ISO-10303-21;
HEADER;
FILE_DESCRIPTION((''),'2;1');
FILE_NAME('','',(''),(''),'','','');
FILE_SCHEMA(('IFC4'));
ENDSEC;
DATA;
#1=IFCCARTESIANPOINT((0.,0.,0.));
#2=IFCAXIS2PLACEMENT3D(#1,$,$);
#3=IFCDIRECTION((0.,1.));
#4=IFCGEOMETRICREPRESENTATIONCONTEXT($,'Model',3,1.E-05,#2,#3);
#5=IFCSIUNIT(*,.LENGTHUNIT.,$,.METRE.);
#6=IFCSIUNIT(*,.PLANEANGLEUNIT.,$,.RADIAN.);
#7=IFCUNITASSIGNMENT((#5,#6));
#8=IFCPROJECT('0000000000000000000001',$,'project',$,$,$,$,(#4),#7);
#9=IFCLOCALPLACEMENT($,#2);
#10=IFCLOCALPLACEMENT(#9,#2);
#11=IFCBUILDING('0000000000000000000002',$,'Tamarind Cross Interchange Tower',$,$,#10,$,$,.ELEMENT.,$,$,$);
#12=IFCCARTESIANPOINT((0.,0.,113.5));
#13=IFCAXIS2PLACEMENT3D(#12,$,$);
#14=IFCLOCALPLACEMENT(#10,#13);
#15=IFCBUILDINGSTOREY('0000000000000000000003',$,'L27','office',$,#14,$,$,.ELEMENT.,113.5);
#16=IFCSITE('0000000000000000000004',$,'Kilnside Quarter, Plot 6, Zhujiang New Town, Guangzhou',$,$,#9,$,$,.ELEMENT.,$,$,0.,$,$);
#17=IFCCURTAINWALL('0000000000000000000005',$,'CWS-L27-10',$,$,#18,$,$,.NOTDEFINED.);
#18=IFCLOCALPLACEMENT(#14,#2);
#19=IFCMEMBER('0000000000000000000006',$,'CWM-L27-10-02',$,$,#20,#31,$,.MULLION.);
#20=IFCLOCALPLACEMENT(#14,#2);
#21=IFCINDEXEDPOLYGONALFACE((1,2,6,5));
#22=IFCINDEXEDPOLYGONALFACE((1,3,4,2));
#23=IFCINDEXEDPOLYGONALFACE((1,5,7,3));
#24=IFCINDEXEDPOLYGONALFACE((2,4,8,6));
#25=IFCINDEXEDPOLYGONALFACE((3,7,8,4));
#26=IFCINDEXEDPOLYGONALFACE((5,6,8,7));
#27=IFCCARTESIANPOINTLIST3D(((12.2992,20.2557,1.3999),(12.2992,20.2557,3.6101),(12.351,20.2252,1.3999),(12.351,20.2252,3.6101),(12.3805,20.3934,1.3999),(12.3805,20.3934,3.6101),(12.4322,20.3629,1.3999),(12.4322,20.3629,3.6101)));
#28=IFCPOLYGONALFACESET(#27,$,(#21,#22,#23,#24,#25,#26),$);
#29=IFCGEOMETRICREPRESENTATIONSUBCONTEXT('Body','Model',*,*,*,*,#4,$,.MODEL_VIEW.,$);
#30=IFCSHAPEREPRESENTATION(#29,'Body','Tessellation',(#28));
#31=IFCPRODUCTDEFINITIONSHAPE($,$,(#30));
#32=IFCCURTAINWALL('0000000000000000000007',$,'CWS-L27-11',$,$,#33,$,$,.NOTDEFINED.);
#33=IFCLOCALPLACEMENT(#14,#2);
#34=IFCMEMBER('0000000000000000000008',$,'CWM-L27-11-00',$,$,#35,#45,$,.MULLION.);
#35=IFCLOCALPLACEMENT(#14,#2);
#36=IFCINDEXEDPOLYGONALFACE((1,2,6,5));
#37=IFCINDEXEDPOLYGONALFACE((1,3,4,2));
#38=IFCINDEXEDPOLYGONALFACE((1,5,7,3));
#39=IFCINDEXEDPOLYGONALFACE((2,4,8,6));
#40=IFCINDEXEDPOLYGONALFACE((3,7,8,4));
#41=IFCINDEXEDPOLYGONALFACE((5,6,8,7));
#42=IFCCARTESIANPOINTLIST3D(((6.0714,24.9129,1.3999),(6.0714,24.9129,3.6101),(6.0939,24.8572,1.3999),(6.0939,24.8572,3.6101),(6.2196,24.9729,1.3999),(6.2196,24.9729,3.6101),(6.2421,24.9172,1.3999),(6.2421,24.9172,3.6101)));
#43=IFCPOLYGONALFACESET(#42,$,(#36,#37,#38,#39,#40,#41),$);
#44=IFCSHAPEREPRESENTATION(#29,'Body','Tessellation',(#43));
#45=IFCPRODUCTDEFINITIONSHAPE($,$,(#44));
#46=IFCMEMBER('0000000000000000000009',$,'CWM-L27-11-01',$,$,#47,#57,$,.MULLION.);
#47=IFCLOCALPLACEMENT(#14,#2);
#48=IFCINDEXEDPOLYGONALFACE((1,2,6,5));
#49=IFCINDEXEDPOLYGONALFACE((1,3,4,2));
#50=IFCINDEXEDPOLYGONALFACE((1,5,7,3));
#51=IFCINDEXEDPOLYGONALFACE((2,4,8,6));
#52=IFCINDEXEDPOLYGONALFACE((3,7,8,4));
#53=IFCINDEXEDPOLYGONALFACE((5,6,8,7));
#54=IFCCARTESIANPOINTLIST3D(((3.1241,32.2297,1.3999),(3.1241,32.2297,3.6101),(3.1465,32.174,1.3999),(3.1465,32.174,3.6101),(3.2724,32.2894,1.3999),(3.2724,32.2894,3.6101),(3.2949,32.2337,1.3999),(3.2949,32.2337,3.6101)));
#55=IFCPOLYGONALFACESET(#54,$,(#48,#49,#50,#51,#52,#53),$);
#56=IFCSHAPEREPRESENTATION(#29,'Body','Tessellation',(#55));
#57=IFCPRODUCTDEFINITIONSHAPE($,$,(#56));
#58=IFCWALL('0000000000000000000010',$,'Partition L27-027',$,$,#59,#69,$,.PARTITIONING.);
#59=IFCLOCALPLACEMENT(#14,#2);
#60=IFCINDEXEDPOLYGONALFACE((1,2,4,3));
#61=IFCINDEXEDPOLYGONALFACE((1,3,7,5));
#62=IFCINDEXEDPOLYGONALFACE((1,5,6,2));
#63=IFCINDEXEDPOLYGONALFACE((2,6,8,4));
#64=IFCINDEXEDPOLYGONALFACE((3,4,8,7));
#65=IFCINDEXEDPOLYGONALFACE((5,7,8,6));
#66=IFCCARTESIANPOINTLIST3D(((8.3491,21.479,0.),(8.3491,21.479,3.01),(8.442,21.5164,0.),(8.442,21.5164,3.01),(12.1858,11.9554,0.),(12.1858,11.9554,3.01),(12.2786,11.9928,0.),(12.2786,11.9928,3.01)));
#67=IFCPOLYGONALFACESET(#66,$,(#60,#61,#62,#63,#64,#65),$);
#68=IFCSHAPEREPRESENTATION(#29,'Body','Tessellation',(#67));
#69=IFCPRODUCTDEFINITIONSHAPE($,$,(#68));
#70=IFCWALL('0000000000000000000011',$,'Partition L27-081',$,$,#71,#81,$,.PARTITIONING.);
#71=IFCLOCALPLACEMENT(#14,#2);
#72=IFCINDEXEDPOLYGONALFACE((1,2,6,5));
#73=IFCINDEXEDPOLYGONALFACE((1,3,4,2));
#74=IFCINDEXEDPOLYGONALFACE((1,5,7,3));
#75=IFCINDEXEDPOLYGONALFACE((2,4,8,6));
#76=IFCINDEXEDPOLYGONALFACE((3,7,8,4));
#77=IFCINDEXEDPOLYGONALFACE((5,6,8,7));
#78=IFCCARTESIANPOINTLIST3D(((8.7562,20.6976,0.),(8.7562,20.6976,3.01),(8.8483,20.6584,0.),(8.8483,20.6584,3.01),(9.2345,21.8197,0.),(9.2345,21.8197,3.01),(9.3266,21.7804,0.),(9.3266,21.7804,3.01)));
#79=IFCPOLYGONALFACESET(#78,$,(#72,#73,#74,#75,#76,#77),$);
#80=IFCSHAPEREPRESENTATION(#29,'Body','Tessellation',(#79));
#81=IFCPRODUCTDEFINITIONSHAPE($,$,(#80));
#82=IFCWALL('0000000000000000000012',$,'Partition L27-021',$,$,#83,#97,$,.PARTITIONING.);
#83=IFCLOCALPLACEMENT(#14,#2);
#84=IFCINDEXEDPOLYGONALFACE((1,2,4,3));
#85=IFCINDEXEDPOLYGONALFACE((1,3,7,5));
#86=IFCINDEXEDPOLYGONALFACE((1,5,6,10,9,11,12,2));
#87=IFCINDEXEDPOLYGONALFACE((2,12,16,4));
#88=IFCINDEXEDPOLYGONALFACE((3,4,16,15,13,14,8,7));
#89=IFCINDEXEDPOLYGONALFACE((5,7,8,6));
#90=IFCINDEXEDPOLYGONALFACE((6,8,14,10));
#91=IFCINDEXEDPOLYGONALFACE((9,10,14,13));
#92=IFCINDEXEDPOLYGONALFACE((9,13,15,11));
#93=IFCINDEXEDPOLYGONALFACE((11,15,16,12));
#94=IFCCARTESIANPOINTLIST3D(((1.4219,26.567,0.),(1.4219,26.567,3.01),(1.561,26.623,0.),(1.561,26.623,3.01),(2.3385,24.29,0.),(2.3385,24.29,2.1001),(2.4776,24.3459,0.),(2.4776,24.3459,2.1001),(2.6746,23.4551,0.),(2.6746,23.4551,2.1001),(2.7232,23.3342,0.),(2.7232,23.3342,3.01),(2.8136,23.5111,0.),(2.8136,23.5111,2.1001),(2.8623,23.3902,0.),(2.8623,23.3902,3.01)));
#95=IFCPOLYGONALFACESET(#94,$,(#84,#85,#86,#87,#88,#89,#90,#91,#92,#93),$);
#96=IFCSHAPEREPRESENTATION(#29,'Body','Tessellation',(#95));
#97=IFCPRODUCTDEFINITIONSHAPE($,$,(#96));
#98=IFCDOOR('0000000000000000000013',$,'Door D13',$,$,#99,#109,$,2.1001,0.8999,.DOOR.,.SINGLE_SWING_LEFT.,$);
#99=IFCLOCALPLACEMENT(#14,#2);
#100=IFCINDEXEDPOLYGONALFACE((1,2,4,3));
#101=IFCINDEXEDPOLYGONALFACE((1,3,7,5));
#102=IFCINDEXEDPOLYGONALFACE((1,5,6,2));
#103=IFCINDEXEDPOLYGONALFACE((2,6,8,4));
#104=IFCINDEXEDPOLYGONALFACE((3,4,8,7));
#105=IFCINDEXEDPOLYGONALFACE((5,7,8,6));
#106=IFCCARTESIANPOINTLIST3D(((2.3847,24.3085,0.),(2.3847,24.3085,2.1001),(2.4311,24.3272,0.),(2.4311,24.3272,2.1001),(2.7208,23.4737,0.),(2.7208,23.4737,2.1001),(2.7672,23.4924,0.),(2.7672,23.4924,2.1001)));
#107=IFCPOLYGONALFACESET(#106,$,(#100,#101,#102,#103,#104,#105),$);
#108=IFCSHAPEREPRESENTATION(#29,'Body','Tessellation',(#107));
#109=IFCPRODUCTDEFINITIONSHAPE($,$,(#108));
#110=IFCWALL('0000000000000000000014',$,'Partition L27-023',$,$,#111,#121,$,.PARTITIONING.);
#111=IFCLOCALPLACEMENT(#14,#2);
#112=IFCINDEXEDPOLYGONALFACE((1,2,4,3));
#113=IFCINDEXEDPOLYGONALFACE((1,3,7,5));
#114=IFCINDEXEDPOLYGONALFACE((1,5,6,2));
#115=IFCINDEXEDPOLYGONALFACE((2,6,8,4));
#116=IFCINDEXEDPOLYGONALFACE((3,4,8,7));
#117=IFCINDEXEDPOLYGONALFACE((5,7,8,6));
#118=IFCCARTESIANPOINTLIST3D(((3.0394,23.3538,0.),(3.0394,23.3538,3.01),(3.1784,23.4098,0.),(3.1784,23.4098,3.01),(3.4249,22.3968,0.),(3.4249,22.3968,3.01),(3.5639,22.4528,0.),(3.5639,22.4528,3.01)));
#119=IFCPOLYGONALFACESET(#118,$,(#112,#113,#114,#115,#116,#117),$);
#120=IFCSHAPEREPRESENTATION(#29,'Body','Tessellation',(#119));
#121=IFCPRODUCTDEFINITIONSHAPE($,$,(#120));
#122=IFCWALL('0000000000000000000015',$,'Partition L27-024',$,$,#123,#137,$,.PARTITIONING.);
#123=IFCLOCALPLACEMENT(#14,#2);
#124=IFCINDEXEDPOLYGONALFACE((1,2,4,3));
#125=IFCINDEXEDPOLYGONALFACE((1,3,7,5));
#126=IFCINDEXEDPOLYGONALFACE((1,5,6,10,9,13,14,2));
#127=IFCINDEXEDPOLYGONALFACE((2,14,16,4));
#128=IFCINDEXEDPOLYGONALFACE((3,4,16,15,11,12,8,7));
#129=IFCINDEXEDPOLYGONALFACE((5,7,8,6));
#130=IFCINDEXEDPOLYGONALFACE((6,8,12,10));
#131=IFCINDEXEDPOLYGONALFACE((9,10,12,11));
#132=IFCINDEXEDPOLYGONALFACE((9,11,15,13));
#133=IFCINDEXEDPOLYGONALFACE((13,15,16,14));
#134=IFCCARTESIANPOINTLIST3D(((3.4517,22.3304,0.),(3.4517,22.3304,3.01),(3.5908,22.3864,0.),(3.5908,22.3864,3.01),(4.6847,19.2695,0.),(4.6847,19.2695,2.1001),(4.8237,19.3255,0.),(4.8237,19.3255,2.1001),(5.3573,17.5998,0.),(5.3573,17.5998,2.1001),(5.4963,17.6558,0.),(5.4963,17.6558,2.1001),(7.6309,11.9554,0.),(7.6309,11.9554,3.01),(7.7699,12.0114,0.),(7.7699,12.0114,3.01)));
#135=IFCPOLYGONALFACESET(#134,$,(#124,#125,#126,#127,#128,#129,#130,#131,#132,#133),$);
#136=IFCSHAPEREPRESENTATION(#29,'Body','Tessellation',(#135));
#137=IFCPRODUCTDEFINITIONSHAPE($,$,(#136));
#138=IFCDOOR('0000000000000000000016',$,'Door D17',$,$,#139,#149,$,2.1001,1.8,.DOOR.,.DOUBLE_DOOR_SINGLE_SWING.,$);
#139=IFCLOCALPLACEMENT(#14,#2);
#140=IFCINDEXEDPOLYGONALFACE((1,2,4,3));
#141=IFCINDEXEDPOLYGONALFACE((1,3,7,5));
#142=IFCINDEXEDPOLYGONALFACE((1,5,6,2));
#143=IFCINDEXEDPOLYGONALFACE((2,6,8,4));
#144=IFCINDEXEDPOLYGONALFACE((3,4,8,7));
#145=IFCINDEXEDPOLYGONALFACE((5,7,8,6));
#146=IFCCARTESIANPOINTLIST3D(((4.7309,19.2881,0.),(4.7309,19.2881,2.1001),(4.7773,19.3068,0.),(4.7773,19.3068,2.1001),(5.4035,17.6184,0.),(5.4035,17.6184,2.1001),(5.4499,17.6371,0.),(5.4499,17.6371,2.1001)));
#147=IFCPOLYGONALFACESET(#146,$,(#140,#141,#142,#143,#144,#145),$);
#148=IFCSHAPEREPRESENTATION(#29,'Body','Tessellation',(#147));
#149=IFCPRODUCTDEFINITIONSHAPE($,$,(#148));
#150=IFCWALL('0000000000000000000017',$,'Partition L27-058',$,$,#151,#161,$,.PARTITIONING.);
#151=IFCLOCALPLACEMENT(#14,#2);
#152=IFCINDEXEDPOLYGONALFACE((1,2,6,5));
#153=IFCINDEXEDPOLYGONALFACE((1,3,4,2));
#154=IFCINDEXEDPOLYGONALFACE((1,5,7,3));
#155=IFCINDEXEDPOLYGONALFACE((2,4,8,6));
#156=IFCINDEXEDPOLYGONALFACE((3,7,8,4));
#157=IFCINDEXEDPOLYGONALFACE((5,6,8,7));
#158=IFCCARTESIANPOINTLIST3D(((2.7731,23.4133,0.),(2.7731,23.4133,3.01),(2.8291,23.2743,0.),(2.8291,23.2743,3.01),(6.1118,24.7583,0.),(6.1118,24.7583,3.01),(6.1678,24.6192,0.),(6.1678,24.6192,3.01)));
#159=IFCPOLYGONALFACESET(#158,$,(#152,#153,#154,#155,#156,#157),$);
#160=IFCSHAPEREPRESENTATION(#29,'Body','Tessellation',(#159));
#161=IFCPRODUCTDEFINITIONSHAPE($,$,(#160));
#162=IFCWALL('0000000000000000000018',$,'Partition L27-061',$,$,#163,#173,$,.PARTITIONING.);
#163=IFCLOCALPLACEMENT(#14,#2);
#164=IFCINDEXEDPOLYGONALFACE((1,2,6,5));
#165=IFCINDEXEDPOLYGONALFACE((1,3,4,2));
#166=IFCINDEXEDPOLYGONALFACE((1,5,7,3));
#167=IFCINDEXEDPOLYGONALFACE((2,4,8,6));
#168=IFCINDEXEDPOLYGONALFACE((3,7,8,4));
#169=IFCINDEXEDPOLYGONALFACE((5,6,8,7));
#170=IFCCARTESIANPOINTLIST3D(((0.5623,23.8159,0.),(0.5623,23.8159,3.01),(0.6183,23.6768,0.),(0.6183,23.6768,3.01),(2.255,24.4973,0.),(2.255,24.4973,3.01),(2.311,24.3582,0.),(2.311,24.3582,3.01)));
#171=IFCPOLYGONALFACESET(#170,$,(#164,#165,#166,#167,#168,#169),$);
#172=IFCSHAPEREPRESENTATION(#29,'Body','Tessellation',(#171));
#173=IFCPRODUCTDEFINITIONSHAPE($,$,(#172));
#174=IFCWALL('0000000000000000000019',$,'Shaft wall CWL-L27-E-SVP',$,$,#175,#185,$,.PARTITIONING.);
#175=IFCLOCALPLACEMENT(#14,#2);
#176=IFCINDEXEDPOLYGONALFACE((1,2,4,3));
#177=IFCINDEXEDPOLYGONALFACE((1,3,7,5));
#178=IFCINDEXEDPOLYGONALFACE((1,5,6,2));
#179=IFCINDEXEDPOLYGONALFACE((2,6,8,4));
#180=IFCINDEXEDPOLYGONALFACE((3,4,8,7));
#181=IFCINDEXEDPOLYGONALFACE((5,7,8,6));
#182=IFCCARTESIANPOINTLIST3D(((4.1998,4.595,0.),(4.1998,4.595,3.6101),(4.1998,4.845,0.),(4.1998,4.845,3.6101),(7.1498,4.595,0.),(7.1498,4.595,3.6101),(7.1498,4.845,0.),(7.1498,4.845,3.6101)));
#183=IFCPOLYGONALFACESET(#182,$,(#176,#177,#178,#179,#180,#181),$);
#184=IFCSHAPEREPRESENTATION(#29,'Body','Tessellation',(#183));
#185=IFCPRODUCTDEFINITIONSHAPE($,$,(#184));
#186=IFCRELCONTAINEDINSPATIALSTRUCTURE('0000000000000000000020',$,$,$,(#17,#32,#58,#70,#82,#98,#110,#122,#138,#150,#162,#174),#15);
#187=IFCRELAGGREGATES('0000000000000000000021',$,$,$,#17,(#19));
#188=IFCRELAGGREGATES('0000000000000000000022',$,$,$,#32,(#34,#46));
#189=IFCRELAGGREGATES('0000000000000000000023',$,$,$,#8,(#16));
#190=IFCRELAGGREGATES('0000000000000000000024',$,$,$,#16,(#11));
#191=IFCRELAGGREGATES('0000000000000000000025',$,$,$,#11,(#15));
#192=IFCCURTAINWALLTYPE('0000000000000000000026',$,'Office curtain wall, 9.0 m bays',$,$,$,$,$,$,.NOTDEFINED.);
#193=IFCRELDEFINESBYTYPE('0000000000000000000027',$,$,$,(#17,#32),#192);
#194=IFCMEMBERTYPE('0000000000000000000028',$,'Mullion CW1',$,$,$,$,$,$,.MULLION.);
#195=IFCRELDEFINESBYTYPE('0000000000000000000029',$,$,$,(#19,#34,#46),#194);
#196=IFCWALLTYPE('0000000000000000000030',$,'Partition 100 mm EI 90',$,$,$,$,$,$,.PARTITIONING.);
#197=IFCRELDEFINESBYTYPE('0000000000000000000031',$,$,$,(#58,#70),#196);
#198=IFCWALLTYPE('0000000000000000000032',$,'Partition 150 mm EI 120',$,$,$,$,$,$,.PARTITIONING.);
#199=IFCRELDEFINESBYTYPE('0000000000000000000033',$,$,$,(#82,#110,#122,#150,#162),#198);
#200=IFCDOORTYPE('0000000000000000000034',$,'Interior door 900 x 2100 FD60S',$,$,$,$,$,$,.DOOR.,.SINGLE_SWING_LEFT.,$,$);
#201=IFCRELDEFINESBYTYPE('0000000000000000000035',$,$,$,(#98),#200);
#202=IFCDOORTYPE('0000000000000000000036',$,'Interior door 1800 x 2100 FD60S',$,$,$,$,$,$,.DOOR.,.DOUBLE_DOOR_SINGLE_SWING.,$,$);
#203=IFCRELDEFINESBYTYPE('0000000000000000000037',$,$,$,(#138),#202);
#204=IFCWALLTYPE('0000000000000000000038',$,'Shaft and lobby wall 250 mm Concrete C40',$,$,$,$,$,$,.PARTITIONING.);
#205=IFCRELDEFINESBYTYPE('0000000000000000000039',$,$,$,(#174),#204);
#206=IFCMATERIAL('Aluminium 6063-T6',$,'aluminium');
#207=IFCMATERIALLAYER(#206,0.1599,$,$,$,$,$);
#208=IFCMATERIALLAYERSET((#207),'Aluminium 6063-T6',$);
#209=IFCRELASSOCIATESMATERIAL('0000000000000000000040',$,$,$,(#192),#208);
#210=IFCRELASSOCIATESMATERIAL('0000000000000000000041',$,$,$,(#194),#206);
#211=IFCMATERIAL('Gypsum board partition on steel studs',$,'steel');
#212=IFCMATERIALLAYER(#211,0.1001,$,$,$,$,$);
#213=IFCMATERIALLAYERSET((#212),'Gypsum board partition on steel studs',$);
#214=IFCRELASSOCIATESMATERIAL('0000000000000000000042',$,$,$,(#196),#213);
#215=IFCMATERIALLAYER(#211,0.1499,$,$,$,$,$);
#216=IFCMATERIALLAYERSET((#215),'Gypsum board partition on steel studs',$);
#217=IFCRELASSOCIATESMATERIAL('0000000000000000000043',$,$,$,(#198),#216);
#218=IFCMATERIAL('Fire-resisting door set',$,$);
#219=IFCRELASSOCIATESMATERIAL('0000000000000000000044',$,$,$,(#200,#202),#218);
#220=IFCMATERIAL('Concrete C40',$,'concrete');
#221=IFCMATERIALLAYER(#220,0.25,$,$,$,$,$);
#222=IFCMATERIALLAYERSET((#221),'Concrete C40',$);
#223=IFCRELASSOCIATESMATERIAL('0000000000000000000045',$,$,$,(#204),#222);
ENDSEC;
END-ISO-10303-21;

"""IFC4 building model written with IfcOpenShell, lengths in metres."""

from ifc_helpers import new_model, si_unit, direction, frame, frame_2d, origin, origin_2d, place, context, subcontext, project, spatial, rectangle, extrude, material, layer, layer_set, material_profile, profile_set, type_object, element, fill, aggregate, save


model = new_model("IFC4")

# Units and contexts
model_context = context("Model", 3, precision=1e-05, world=origin(), true_north=direction((0.0, 1.0)))
body_context = subcontext(model_context, "Body", "Model", "MODEL_VIEW")
ifc_project = project(units=[si_unit("LENGTHUNIT", "METRE"), si_unit("PLANEANGLEUNIT", "RADIAN")], contexts=[model_context])

# Site, building, storey
site_placement = place(None, origin())
site = spatial("IfcSite", under=ifc_project, at=site_placement, Name="Kilnside Quarter, Plot 6, Zhujiang New Town, Guangzhou", CompositionType="ELEMENT", RefElevation=0.0)
building_placement = place(site_placement, origin())
building = spatial("IfcBuilding", under=site, at=building_placement, Name="Tamarind Cross Interchange Tower", CompositionType="ELEMENT")
storey_placement = place(building_placement, frame((0.0, 0.0, 113.5)))
storey = spatial("IfcBuildingStorey", under=building, at=storey_placement, Name="L27", Description="office", CompositionType="ELEMENT", Elevation=113.5)

# Curtain wall, member
ifc_material_1 = material(Name="Aluminium 6063-T6", Category="aluminium")
ifc_layer_1 = layer(ifc_material_1, 0.1599)
ifc_layer_set_1 = layer_set([ifc_layer_1], Name="Aluminium 6063-T6")
curtain_wall_type = type_object("IfcCurtainWallType", Name="Office curtain wall, 9.0 m bays", PredefinedType="NOTDEFINED", material=ifc_layer_set_1)
curtain_wall_1_placement = place(storey_placement, origin())
curtain_wall_1 = element("IfcCurtainWall", 1, at=curtain_wall_1_placement, inside=storey, type_object=curtain_wall_type, Name="CWS-L27-10", PredefinedType="NOTDEFINED")
ifc_material_profile_1 = material_profile(ifc_material_1, rectangle(XDim=0.0601, YDim=0.1599, at=origin_2d()), Name="Mullion CW1")
ifc_profile_set_1 = profile_set([ifc_material_profile_1], Name="Aluminium 6063-T6")
member_type = type_object("IfcMemberType", Name="Mullion CW1", PredefinedType="MULLION", material=ifc_profile_set_1)
member_1_placement = place(storey_placement, frame((12.3657, 20.3093, 1.3999), z_axis=(0.0, 0.0, 1.0), x_axis=(-0.861249, 0.508183, 0.0)))
member_1 = element("IfcMember", 2, at=member_1_placement, type_object=member_type, Name="CWM-L27-10-02", PredefinedType="MULLION", context=body_context, shape_type="SweptSolid", body=[
    extrude(rectangle(XDim=0.0601, YDim=0.1599, at=origin_2d()), origin(), (0.0, 0.0, 1.0), 2.2102),
])
aggregate(curtain_wall_1, [member_1])

# Curtain wall, members
curtain_wall_2_placement = place(storey_placement, origin())
curtain_wall_2 = element("IfcCurtainWall", 3, at=curtain_wall_2_placement, inside=storey, type_object=curtain_wall_type, Name="CWS-L27-11", PredefinedType="NOTDEFINED")
member_2_placement = place(storey_placement, frame((6.1567, 24.915, 1.3999), z_axis=(0.0, 0.0, 1.0), x_axis=(-0.375059, 0.927001, 0.0)))
member_2 = element("IfcMember", 4, at=member_2_placement, type_object=member_type, Name="CWM-L27-11-00", PredefinedType="MULLION", context=body_context, shape_type="SweptSolid", body=[
    extrude(rectangle(XDim=0.0601, YDim=0.1599, at=origin_2d()), origin(), (0.0, 0.0, 1.0), 2.2102),
])
member_3_placement = place(storey_placement, frame((3.2095, 32.2317, 1.3999), z_axis=(0.0, 0.0, 1.0), x_axis=(-0.373648, 0.92757, 0.0)))
member_3 = element("IfcMember", 5, at=member_3_placement, type_object=member_type, Name="CWM-L27-11-01", PredefinedType="MULLION", context=body_context, shape_type="SweptSolid", body=[
    extrude(rectangle(XDim=0.0601, YDim=0.1599, at=origin_2d()), origin(), (0.0, 0.0, 1.0), 2.2102),
])
aggregate(curtain_wall_2, [member_2, member_3])

# Walls
ifc_material_2 = material(Name="Gypsum board partition on steel studs", Category="steel")
ifc_layer_2 = layer(ifc_material_2, 0.1001)
ifc_layer_set_2 = layer_set([ifc_layer_2], Name="Gypsum board partition on steel studs")
wall_type_1 = type_object("IfcWallType", Name="Partition 100 mm EI 90", PredefinedType="PARTITIONING", material=ifc_layer_set_2)
wall_1_placement = place(storey_placement, frame((8.3955, 21.4978, 0.0), z_axis=(0.0, 0.0, 1.0), x_axis=(0.373673, -0.92756, 0.0)))
element("IfcWall", 6, at=wall_1_placement, inside=storey, type_object=wall_type_1, Name="Partition L27-027", PredefinedType="PARTITIONING", context=body_context, shape_type="SweptSolid", body=[
    extrude(rectangle(XDim=10.2673, YDim=0.1001, at=frame_2d((5.1338, 0.0))), origin(), (0.0, 0.0, 1.0), 3.01),
])
wall_2_placement = place(storey_placement, frame((8.8022, 20.678, 0.0), z_axis=(0.0, 0.0, 1.0), x_axis=(0.392107, 0.91992, 0.0)))
element("IfcWall", 7, at=wall_2_placement, inside=storey, type_object=wall_type_1, Name="Partition L27-081", PredefinedType="PARTITIONING", context=body_context, shape_type="SweptSolid", body=[
    extrude(rectangle(XDim=1.2197, YDim=0.1001, at=frame_2d((0.6099, 0.0))), origin(), (0.0, 0.0, 1.0), 3.01),
])

# Wall, opening, door
ifc_layer_3 = layer(ifc_material_2, 0.1499)
ifc_layer_set_3 = layer_set([ifc_layer_3], Name="Gypsum board partition on steel studs")
wall_type_2 = type_object("IfcWallType", Name="Partition 150 mm EI 120", PredefinedType="PARTITIONING", material=ifc_layer_set_3)
wall_3_placement = place(storey_placement, frame((1.4915, 26.595, 0.0), z_axis=(0.0, 0.0, 1.0), x_axis=(0.373419, -0.927663, 0.0)))
wall_3 = element("IfcWall", 8, at=wall_3_placement, inside=storey, type_object=wall_type_2, Name="Partition L27-021", PredefinedType="PARTITIONING", context=body_context, shape_type="SweptSolid", body=[
    extrude(rectangle(XDim=3.4849, YDim=0.1499, at=frame_2d((1.7424, 0.0))), origin(), (0.0, 0.0, 1.0), 3.01),
])
opening_1_placement = place(wall_3_placement, frame((2.4546, 0.0, 0.0)))
opening_1 = element("IfcOpeningElement", 9, at=opening_1_placement, cuts=wall_3, PredefinedType="OPENING", context=body_context, shape_type="SweptSolid", body=[
    extrude(rectangle(XDim=0.8999, YDim=2.1001, at=frame_2d((0.45, 1.05))), frame((0.0, 0.085, 0.0), z_axis=(0.0, -1.0, 0.0), x_axis=(1.0, 0.0, 0.0)), (0.0, 0.0, 1.0), 0.1699),
])
ifc_material_3 = material(Name="Fire-resisting door set")
door_type_1 = type_object("IfcDoorType", Name="Interior door 900 x 2100 FD60S", OperationType="SINGLE_SWING_LEFT", PredefinedType="DOOR", material=ifc_material_3)
door_1_placement = place(opening_1_placement, origin())
door_1 = element("IfcDoor", 10, at=door_1_placement, inside=storey, type_object=door_type_1, Name="Door D13", OperationType="SINGLE_SWING_LEFT", OverallHeight=2.1001, OverallWidth=0.8999, PredefinedType="DOOR", context=body_context, shape_type="SweptSolid", body=[
    extrude(rectangle(XDim=0.8999, YDim=2.1001, at=frame_2d((0.45, 1.05))), frame((0.0, 0.0249, 0.0), z_axis=(0.0, -1.0, 0.0), x_axis=(1.0, 0.0, 0.0)), (0.0, 0.0, 1.0), 0.05),
])
fill(opening_1, door_1)

# Wall
wall_4_placement = place(storey_placement, frame((3.1089, 23.3818, 0.0), z_axis=(0.0, 0.0, 1.0), x_axis=(0.373633, -0.927576, 0.0)))
element("IfcWall", 11, at=wall_4_placement, inside=storey, type_object=wall_type_2, Name="Partition L27-023", PredefinedType="PARTITIONING", context=body_context, shape_type="SweptSolid", body=[
    extrude(rectangle(XDim=1.0317, YDim=0.1499, at=frame_2d((0.5159, 0.0))), origin(), (0.0, 0.0, 1.0), 3.01),
])

# Wall, opening, door
wall_5_placement = place(storey_placement, frame((3.5212, 22.3584, 0.0), z_axis=(0.0, 0.0, 1.0), x_axis=(0.37364, -0.927574, 0.0)))
wall_5 = element("IfcWall", 12, at=wall_5_placement, inside=storey, type_object=wall_type_2, Name="Partition L27-024", PredefinedType="PARTITIONING", context=body_context, shape_type="SweptSolid", body=[
    extrude(rectangle(XDim=11.1851, YDim=0.1499, at=frame_2d((5.5925, 0.0))), origin(), (0.0, 0.0, 1.0), 3.01),
])
opening_2_placement = place(wall_5_placement, frame((3.3, 0.0, 0.0)))
opening_2 = element("IfcOpeningElement", 13, at=opening_2_placement, cuts=wall_5, PredefinedType="OPENING", context=body_context, shape_type="SweptSolid", body=[
    extrude(rectangle(XDim=1.8, YDim=2.1001, at=frame_2d((0.8999, 1.05))), frame((0.0, 0.085, 0.0), z_axis=(0.0, -1.0, 0.0), x_axis=(1.0, 0.0, 0.0)), (0.0, 0.0, 1.0), 0.1699),
])
door_type_2 = type_object("IfcDoorType", Name="Interior door 1800 x 2100 FD60S", OperationType="DOUBLE_DOOR_SINGLE_SWING", PredefinedType="DOOR", material=ifc_material_3)
door_2_placement = place(opening_2_placement, origin())
door_2 = element("IfcDoor", 14, at=door_2_placement, inside=storey, type_object=door_type_2, Name="Door D17", OperationType="DOUBLE_DOOR_SINGLE_SWING", OverallHeight=2.1001, OverallWidth=1.8, PredefinedType="DOOR", context=body_context, shape_type="SweptSolid", body=[
    extrude(rectangle(XDim=1.8, YDim=2.1001, at=frame_2d((0.8999, 1.05))), frame((0.0, 0.0249, 0.0), z_axis=(0.0, -1.0, 0.0), x_axis=(1.0, 0.0, 0.0)), (0.0, 0.0, 1.0), 0.05),
])
fill(opening_2, door_2)

# Walls
wall_6_placement = place(storey_placement, frame((2.801, 23.3438, 0.0), z_axis=(0.0, 0.0, 1.0), x_axis=(0.927562, 0.37367, 0.0)))
element("IfcWall", 15, at=wall_6_placement, inside=storey, type_object=wall_type_2, Name="Partition L27-058", PredefinedType="PARTITIONING", context=body_context, shape_type="SweptSolid", body=[
    extrude(rectangle(XDim=3.5994, YDim=0.1499, at=frame_2d((1.7998, 0.0))), origin(), (0.0, 0.0, 1.0), 3.01),
])
wall_7_placement = place(storey_placement, frame((0.5903, 23.7463, 0.0), z_axis=(0.0, 0.0, 1.0), x_axis=(0.927653, 0.373443, 0.0)))
element("IfcWall", 16, at=wall_7_placement, inside=storey, type_object=wall_type_2, Name="Partition L27-061", PredefinedType="PARTITIONING", context=body_context, shape_type="SweptSolid", body=[
    extrude(rectangle(XDim=1.8247, YDim=0.1499, at=frame_2d((0.9124, 0.0))), origin(), (0.0, 0.0, 1.0), 3.01),
])
ifc_material_4 = material(Name="Concrete C40", Category="concrete")
ifc_layer_4 = layer(ifc_material_4, 0.25)
ifc_layer_set_4 = layer_set([ifc_layer_4], Name="Concrete C40")
wall_type_3 = type_object("IfcWallType", Name="Shaft and lobby wall 250 mm Concrete C40", PredefinedType="PARTITIONING", material=ifc_layer_set_4)
wall_8_placement = place(storey_placement, frame((7.1499, 4.72, 0.0), z_axis=(0.0, 0.0, 1.0), x_axis=(-1.0, 0.0, 0.0)))
element("IfcWall", 17, at=wall_8_placement, inside=storey, type_object=wall_type_3, Name="Shaft wall CWL-L27-E-SVP", PredefinedType="PARTITIONING", context=body_context, shape_type="SweptSolid", body=[
    extrude(rectangle(XDim=2.95, YDim=0.25, at=frame_2d((1.4751, 0.0))), origin(), (0.0, 0.0, 1.0), 3.6101),
])

save(model, "model.ifc")
